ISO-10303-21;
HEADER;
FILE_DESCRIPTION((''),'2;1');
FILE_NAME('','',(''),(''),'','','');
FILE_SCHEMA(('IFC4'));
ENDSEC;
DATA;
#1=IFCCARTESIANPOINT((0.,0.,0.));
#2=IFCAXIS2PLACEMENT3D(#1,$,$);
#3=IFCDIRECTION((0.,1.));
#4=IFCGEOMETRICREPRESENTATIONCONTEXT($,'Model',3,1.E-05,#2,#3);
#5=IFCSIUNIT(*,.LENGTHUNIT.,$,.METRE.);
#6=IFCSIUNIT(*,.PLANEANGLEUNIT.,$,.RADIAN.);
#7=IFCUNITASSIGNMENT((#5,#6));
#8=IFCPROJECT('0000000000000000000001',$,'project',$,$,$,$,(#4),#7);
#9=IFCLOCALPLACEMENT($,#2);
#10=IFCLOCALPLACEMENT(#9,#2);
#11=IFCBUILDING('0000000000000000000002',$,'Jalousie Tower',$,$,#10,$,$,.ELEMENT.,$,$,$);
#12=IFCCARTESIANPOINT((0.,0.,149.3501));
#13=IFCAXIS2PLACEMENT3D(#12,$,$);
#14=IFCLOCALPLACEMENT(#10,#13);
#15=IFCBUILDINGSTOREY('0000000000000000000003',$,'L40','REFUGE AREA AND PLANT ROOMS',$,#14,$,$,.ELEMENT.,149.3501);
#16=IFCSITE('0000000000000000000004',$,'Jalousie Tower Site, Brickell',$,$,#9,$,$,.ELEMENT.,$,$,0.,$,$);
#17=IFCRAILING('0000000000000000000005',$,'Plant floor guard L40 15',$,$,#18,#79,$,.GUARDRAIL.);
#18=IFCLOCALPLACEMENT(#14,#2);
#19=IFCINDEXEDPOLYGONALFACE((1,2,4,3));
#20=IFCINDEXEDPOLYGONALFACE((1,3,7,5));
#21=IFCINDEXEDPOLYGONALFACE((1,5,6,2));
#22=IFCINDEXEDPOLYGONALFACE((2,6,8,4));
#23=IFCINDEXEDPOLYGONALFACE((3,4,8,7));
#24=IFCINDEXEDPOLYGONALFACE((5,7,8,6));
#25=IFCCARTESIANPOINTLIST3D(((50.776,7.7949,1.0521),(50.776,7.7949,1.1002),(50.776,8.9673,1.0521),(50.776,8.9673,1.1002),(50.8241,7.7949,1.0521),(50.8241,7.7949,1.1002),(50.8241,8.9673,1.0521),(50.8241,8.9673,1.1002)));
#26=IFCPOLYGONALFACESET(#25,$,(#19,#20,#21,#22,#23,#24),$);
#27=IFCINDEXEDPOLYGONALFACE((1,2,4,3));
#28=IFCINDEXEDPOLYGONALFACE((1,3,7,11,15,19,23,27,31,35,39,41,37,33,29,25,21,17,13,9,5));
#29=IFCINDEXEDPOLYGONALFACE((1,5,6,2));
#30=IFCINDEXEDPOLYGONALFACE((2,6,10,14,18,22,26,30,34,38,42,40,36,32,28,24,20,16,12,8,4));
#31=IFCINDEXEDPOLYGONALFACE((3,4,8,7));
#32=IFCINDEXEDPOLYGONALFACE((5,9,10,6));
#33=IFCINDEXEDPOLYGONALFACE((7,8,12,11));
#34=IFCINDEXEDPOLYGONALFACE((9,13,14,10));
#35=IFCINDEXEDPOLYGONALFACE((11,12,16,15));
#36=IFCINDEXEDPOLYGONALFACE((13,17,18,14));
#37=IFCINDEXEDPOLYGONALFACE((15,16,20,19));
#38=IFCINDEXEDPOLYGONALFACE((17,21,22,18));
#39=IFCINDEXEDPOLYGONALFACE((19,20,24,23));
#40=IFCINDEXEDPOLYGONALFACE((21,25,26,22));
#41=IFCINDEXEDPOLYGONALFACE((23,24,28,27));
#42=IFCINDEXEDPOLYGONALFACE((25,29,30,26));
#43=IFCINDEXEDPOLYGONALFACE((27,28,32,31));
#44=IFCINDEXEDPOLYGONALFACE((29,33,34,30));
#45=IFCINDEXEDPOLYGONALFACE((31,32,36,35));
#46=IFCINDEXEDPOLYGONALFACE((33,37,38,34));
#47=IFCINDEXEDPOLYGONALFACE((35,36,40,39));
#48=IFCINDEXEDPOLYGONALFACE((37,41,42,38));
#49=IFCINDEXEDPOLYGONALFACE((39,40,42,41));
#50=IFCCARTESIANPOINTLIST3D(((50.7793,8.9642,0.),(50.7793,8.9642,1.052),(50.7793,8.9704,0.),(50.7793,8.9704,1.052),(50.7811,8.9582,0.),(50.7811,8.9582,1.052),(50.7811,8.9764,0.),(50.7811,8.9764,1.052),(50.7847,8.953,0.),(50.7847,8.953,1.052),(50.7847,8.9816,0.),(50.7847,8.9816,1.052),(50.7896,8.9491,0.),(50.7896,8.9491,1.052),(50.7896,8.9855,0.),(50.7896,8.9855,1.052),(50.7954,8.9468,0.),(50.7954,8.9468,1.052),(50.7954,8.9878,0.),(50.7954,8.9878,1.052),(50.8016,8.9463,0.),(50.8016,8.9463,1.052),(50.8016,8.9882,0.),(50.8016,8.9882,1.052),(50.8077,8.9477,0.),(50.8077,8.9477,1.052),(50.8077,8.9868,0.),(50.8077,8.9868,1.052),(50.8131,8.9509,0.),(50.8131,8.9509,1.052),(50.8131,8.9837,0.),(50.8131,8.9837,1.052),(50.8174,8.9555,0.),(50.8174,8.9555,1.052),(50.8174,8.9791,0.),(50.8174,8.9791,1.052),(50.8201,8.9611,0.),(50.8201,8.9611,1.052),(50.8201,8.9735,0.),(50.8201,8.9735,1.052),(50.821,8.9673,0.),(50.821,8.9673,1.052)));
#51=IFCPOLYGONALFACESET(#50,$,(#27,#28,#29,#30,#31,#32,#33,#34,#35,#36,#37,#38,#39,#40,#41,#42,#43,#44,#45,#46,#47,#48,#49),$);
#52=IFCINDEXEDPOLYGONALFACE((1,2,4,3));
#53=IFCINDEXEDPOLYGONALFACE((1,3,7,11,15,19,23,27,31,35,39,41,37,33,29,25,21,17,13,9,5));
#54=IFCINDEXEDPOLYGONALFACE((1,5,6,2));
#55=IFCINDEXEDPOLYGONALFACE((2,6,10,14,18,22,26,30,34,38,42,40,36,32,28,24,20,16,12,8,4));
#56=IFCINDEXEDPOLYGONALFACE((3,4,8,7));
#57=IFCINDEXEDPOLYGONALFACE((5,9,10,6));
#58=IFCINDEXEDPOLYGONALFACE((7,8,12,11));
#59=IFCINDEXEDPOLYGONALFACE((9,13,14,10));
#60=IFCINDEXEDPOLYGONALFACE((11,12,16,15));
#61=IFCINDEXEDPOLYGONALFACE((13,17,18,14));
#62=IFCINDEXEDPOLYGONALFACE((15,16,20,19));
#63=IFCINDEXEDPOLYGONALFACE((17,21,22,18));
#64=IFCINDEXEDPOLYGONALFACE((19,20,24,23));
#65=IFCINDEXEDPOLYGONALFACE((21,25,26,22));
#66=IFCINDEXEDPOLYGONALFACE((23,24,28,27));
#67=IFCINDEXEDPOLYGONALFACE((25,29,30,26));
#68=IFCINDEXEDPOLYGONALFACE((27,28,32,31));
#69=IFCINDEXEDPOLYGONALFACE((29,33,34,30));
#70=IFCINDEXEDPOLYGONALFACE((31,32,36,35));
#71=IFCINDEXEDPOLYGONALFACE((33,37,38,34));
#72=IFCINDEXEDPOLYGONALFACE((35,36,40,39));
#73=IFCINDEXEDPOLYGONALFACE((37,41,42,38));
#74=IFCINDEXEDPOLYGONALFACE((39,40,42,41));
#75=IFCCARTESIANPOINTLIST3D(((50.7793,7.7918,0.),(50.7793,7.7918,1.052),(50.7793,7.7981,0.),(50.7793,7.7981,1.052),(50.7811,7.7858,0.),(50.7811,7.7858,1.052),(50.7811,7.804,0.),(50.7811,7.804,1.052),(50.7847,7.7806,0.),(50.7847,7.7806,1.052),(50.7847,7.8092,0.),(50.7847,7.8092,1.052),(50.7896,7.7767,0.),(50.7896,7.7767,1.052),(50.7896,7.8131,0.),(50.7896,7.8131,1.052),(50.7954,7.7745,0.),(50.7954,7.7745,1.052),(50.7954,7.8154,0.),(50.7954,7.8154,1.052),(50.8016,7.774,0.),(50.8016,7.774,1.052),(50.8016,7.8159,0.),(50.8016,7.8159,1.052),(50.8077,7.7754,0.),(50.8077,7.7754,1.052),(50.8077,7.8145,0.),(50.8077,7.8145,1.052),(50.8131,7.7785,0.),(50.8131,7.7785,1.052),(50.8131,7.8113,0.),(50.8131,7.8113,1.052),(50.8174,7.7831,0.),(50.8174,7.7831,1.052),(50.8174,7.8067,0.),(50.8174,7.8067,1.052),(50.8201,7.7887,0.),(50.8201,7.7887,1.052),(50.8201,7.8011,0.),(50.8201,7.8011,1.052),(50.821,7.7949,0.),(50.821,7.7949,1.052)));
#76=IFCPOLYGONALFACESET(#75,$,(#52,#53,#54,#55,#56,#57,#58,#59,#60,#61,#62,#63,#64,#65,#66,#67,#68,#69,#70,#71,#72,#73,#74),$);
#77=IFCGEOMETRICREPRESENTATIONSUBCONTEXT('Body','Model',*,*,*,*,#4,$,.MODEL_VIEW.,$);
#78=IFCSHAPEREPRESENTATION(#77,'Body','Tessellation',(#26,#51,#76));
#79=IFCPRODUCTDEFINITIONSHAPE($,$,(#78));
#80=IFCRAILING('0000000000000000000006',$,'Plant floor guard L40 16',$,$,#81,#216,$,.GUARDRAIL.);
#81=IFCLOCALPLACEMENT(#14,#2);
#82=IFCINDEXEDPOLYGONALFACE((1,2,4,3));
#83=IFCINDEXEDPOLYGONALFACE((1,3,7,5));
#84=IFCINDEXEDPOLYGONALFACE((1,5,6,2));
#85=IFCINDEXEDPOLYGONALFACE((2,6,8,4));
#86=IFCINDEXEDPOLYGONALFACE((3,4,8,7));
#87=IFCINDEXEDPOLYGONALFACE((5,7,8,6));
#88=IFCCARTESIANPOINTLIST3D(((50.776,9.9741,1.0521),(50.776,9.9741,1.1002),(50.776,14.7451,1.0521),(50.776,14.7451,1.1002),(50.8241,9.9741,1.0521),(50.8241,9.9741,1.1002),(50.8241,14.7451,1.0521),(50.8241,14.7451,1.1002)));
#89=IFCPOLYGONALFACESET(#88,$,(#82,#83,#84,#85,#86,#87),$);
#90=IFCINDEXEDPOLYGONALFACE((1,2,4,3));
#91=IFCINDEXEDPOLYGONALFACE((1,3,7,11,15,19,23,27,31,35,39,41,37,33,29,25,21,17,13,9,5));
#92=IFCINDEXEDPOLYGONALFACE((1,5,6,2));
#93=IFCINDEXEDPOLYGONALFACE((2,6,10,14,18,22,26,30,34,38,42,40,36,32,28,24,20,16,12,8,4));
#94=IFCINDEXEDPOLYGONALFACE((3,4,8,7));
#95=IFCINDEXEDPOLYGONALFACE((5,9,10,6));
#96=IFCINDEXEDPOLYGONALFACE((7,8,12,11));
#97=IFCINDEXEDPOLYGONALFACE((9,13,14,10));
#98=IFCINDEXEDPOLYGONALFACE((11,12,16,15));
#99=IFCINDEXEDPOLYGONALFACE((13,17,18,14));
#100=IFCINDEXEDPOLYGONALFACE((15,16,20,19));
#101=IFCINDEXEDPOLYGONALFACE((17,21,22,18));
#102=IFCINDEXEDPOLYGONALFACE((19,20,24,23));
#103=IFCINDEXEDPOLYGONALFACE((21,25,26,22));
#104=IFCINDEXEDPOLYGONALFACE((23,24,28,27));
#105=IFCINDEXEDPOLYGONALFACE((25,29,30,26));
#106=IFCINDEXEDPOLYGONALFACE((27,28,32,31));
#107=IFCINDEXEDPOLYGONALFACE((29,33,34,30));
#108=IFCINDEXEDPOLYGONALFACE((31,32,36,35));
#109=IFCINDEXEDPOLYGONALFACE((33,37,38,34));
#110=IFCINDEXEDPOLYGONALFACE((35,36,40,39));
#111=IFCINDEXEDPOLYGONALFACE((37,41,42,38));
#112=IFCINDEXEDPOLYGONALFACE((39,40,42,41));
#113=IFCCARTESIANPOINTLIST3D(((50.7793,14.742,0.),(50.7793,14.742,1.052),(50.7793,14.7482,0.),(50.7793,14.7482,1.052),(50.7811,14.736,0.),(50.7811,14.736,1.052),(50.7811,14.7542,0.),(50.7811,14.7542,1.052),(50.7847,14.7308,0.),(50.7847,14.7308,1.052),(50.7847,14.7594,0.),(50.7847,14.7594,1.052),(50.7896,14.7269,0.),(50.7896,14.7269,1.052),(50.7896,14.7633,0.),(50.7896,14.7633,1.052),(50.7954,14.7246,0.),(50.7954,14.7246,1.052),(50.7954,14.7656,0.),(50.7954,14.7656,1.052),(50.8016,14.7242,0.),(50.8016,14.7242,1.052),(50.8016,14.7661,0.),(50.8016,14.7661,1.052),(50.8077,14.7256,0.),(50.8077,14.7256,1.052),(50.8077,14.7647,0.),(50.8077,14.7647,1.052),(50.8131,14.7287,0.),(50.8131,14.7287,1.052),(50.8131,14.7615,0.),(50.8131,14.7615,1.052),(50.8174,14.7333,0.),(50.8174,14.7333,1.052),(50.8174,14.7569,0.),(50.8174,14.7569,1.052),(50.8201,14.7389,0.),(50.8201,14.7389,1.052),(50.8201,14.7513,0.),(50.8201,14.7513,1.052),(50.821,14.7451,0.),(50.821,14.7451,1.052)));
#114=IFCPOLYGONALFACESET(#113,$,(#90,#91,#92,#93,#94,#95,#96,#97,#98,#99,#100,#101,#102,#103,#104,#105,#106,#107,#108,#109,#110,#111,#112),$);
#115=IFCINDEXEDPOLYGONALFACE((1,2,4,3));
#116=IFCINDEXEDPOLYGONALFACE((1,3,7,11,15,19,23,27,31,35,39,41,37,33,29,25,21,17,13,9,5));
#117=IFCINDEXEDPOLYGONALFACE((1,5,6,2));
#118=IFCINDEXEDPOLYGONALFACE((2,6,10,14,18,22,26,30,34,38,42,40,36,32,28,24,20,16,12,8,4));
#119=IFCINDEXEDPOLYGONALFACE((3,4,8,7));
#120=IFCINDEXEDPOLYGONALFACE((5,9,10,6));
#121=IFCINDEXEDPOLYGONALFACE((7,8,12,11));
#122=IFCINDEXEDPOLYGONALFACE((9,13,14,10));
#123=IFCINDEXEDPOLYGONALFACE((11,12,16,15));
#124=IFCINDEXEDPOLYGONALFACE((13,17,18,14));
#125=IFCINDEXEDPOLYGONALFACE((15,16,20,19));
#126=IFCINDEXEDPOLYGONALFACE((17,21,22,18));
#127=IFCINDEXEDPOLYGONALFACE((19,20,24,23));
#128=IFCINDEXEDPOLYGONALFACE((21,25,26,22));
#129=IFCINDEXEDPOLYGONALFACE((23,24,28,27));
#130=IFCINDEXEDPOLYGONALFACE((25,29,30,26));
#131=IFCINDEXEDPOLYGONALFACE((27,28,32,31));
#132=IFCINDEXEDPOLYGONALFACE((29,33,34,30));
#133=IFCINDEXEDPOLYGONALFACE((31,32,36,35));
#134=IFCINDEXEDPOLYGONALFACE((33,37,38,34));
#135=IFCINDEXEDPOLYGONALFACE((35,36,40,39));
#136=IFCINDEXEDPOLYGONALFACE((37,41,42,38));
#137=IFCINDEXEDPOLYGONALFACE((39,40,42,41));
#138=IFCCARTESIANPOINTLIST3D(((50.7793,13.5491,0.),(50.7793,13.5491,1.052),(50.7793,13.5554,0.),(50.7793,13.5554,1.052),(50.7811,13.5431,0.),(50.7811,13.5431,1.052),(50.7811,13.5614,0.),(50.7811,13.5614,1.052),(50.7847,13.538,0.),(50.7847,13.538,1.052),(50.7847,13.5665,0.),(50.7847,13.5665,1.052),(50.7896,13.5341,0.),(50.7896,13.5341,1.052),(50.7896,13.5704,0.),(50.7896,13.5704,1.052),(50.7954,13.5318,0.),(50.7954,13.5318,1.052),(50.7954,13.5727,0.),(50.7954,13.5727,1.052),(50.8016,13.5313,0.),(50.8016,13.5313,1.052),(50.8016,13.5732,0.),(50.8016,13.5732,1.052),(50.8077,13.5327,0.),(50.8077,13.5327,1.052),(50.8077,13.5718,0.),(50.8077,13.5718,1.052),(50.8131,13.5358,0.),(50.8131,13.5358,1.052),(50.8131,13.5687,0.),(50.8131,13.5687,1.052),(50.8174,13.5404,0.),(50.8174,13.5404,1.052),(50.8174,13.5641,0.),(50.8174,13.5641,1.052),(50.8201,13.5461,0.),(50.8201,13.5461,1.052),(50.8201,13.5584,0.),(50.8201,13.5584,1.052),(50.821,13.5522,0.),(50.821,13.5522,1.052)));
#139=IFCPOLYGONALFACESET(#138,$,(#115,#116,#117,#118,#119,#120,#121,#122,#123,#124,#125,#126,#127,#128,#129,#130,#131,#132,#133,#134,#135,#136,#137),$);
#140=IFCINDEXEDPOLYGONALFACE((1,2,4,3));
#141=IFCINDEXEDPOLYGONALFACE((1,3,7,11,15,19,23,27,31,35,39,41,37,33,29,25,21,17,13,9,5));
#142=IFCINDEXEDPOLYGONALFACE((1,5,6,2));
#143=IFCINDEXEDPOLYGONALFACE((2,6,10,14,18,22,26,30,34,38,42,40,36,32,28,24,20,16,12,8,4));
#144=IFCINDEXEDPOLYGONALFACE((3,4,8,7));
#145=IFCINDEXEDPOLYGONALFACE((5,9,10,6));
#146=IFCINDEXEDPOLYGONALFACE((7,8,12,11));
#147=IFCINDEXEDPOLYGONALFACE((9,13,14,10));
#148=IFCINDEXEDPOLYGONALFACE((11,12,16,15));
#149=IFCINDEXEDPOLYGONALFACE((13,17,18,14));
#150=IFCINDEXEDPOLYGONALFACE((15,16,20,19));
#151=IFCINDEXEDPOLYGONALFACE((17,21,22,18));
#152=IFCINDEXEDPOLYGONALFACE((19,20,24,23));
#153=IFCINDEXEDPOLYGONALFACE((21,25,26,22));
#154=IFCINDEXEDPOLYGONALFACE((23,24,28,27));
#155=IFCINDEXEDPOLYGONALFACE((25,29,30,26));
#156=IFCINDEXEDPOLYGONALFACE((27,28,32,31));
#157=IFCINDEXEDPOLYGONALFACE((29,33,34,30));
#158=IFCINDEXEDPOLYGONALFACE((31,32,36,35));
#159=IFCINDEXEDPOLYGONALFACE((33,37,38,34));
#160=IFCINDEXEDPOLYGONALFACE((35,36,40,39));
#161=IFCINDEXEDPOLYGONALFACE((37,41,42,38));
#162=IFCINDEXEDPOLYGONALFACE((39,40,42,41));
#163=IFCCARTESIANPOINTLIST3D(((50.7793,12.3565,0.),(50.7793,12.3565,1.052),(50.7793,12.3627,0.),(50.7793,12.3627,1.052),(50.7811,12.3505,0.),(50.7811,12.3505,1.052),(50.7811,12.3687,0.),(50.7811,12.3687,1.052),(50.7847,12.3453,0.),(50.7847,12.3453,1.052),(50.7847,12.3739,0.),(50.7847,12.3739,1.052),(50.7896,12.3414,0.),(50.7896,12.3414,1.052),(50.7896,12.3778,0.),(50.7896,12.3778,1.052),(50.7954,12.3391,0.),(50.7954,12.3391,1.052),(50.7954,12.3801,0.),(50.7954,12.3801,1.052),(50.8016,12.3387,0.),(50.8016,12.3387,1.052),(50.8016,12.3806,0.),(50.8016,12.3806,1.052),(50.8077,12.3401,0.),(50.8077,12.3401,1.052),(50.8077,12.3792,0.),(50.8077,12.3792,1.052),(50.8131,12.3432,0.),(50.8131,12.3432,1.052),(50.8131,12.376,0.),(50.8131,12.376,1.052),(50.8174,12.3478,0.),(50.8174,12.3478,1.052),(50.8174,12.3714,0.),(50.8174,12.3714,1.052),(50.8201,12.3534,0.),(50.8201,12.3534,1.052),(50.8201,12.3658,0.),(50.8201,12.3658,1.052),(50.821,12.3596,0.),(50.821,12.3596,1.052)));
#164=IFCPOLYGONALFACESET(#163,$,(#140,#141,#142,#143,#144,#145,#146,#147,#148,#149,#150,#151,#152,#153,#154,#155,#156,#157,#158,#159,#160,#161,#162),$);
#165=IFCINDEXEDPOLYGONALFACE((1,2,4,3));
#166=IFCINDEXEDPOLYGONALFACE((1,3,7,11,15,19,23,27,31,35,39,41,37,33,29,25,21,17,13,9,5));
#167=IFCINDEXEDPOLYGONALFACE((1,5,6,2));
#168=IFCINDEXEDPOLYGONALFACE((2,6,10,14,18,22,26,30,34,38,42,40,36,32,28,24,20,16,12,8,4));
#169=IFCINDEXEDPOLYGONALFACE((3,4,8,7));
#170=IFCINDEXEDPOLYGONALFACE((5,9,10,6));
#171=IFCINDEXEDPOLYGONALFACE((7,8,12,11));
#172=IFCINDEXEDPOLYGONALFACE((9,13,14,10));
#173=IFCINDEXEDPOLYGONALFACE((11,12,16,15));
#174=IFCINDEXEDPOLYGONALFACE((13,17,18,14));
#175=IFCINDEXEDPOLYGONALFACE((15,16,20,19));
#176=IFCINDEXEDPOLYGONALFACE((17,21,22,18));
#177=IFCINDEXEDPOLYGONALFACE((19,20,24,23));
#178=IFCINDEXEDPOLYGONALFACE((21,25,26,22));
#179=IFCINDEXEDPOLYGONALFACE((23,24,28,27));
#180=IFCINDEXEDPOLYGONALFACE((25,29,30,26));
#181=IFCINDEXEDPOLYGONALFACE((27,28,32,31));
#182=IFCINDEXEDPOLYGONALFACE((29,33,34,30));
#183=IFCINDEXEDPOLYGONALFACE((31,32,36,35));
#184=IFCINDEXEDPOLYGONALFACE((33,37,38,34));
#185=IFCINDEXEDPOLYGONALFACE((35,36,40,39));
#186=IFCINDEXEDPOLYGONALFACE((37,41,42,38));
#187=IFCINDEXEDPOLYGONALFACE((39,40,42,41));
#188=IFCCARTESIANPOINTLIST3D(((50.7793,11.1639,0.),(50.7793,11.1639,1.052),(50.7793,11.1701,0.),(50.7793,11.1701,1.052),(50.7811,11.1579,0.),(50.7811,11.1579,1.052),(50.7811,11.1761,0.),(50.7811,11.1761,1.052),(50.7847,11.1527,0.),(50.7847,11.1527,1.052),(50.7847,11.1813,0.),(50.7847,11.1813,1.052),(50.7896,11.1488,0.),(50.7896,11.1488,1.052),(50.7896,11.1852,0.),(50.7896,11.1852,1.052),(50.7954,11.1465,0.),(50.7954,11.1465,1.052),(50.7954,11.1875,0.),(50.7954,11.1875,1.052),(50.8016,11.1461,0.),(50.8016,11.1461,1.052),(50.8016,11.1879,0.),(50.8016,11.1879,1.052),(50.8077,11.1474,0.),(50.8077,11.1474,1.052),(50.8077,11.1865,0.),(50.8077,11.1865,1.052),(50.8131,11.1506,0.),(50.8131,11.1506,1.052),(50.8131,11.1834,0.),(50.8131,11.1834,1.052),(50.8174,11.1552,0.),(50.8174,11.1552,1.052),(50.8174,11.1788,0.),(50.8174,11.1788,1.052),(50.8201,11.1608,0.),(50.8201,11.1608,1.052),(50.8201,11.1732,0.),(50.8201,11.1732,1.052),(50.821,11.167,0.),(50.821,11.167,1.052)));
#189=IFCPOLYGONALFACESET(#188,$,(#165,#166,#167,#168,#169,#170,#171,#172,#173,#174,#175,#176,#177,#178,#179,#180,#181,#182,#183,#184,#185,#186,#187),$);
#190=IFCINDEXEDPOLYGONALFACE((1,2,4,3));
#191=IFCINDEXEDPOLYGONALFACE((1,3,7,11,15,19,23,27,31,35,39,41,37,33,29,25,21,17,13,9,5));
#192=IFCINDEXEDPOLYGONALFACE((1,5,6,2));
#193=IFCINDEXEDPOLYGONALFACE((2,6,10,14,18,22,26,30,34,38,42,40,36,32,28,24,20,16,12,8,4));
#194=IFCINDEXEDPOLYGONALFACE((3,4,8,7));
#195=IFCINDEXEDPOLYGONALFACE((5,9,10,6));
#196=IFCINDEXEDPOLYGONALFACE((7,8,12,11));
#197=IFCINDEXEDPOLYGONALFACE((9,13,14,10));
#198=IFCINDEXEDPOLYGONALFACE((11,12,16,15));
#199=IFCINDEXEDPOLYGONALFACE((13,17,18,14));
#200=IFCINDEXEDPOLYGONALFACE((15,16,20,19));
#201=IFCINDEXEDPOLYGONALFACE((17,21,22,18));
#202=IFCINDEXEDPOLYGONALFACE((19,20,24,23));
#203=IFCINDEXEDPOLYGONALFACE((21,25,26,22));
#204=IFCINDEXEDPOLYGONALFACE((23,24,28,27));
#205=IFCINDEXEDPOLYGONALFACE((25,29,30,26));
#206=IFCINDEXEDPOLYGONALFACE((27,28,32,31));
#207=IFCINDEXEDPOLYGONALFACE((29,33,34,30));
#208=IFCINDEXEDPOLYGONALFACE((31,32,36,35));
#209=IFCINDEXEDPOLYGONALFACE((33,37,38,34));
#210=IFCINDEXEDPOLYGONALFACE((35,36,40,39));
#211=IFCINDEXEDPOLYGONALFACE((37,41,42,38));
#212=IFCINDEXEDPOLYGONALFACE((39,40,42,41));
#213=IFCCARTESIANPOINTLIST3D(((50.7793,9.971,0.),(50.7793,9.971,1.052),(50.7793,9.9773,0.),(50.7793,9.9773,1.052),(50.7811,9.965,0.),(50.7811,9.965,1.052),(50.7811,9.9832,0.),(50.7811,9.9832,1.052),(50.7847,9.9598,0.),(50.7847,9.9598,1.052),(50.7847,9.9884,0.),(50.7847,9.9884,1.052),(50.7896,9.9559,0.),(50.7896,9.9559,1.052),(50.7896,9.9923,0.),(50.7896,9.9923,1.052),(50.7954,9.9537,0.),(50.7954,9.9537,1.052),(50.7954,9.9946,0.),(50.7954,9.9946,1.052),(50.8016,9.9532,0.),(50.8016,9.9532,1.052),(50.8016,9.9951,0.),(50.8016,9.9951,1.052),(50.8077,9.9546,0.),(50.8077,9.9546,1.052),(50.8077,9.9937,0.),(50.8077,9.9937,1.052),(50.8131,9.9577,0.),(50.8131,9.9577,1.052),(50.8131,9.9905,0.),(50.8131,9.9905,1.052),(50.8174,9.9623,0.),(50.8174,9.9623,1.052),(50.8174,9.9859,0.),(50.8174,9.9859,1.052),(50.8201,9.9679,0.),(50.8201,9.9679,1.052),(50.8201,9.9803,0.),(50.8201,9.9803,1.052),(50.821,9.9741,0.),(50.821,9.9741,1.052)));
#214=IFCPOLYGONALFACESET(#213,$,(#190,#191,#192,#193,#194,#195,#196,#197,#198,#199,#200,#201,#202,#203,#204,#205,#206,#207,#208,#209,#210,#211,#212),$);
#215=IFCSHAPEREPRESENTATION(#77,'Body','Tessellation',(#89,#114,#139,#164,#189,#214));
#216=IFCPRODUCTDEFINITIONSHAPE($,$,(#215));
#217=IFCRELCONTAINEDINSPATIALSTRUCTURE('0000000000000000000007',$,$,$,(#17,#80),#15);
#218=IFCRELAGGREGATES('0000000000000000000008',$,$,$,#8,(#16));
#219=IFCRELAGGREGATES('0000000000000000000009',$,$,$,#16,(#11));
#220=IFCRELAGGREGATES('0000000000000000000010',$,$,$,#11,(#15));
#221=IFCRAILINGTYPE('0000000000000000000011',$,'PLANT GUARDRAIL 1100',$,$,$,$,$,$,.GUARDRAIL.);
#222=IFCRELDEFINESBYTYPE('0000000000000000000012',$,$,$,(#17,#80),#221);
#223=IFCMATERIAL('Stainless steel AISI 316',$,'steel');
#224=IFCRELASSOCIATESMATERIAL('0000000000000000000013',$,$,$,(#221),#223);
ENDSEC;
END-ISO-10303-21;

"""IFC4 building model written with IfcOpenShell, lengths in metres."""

from ifc_helpers import new_model, si_unit, direction, frame, origin, origin_2d, place, context, subcontext, project, spatial, rectangle, circle, extrude, material, type_object, element, save


model = new_model("IFC4")

# Units and contexts
model_context = context("Model", 3, precision=1e-05, world=origin(), true_north=direction((0.0, 1.0)))
body_context = subcontext(model_context, "Body", "Model", "MODEL_VIEW")
ifc_project = project(units=[si_unit("LENGTHUNIT", "METRE"), si_unit("PLANEANGLEUNIT", "RADIAN")], contexts=[model_context])

# Site, building, storey
site_placement = place(None, origin())
site = spatial("IfcSite", under=ifc_project, at=site_placement, Name="Jalousie Tower Site, Brickell", CompositionType="ELEMENT", RefElevation=0.0)
building_placement = place(site_placement, origin())
building = spatial("IfcBuilding", under=site, at=building_placement, Name="Jalousie Tower", CompositionType="ELEMENT")
storey_placement = place(building_placement, frame((0.0, 0.0, 149.3501)))
storey = spatial("IfcBuildingStorey", under=building, at=storey_placement, Name="L40", Description="REFUGE AREA AND PLANT ROOMS", CompositionType="ELEMENT", Elevation=149.3501)

# Railings
ifc_material_1 = material(Name="Stainless steel AISI 316", Category="steel")
railing_type = type_object("IfcRailingType", Name="PLANT GUARDRAIL 1100", PredefinedType="GUARDRAIL", material=ifc_material_1)
railing_1_placement = place(storey_placement, frame((50.8, 8.9673, 0.0)))
element("IfcRailing", 1, at=railing_1_placement, inside=storey, type_object=railing_type, Name="Plant floor guard L40 15", PredefinedType="GUARDRAIL", context=body_context, shape_type="SweptSolid", body=[
    extrude(rectangle(XDim=0.0481, YDim=0.0481, at=origin_2d()), frame((0.0, 0.0, 1.0762), z_axis=(0.0, -1.0, 0.0), x_axis=(1.0, 0.0, 0.0)), (0.0, 0.0, 1.0), 1.1724),
    extrude(circle(Radius=0.021, at=origin_2d()), origin(), (0.0, 0.0, 1.0), 1.052),
    extrude(circle(Radius=0.021, at=origin_2d()), frame((0.0, -1.1724, 0.0)), (0.0, 0.0, 1.0), 1.052),
])
railing_2_placement = place(storey_placement, frame((50.8, 14.7451, 0.0)))
element("IfcRailing", 2, at=railing_2_placement, inside=storey, type_object=railing_type, Name="Plant floor guard L40 16", PredefinedType="GUARDRAIL", context=body_context, shape_type="SweptSolid", body=[
    extrude(rectangle(XDim=0.0481, YDim=0.0481, at=origin_2d()), frame((0.0, 0.0, 1.0762), z_axis=(0.0, -1.0, 0.0), x_axis=(1.0, 0.0, 0.0)), (0.0, 0.0, 1.0), 4.771),
    extrude(circle(Radius=0.021, at=origin_2d()), origin(), (0.0, 0.0, 1.0), 1.052),
    extrude(circle(Radius=0.021, at=origin_2d()), frame((0.0, -1.1929, 0.0)), (0.0, 0.0, 1.0), 1.052),
    extrude(circle(Radius=0.021, at=origin_2d()), frame((0.0, -2.3855, 0.0)), (0.0, 0.0, 1.0), 1.052),
    extrude(circle(Radius=0.021, at=origin_2d()), frame((0.0, -3.5781, 0.0)), (0.0, 0.0, 1.0), 1.052),
    extrude(circle(Radius=0.021, at=origin_2d()), frame((0.0, -4.771, 0.0)), (0.0, 0.0, 1.0), 1.052),
])

save(model, "model.ifc")
